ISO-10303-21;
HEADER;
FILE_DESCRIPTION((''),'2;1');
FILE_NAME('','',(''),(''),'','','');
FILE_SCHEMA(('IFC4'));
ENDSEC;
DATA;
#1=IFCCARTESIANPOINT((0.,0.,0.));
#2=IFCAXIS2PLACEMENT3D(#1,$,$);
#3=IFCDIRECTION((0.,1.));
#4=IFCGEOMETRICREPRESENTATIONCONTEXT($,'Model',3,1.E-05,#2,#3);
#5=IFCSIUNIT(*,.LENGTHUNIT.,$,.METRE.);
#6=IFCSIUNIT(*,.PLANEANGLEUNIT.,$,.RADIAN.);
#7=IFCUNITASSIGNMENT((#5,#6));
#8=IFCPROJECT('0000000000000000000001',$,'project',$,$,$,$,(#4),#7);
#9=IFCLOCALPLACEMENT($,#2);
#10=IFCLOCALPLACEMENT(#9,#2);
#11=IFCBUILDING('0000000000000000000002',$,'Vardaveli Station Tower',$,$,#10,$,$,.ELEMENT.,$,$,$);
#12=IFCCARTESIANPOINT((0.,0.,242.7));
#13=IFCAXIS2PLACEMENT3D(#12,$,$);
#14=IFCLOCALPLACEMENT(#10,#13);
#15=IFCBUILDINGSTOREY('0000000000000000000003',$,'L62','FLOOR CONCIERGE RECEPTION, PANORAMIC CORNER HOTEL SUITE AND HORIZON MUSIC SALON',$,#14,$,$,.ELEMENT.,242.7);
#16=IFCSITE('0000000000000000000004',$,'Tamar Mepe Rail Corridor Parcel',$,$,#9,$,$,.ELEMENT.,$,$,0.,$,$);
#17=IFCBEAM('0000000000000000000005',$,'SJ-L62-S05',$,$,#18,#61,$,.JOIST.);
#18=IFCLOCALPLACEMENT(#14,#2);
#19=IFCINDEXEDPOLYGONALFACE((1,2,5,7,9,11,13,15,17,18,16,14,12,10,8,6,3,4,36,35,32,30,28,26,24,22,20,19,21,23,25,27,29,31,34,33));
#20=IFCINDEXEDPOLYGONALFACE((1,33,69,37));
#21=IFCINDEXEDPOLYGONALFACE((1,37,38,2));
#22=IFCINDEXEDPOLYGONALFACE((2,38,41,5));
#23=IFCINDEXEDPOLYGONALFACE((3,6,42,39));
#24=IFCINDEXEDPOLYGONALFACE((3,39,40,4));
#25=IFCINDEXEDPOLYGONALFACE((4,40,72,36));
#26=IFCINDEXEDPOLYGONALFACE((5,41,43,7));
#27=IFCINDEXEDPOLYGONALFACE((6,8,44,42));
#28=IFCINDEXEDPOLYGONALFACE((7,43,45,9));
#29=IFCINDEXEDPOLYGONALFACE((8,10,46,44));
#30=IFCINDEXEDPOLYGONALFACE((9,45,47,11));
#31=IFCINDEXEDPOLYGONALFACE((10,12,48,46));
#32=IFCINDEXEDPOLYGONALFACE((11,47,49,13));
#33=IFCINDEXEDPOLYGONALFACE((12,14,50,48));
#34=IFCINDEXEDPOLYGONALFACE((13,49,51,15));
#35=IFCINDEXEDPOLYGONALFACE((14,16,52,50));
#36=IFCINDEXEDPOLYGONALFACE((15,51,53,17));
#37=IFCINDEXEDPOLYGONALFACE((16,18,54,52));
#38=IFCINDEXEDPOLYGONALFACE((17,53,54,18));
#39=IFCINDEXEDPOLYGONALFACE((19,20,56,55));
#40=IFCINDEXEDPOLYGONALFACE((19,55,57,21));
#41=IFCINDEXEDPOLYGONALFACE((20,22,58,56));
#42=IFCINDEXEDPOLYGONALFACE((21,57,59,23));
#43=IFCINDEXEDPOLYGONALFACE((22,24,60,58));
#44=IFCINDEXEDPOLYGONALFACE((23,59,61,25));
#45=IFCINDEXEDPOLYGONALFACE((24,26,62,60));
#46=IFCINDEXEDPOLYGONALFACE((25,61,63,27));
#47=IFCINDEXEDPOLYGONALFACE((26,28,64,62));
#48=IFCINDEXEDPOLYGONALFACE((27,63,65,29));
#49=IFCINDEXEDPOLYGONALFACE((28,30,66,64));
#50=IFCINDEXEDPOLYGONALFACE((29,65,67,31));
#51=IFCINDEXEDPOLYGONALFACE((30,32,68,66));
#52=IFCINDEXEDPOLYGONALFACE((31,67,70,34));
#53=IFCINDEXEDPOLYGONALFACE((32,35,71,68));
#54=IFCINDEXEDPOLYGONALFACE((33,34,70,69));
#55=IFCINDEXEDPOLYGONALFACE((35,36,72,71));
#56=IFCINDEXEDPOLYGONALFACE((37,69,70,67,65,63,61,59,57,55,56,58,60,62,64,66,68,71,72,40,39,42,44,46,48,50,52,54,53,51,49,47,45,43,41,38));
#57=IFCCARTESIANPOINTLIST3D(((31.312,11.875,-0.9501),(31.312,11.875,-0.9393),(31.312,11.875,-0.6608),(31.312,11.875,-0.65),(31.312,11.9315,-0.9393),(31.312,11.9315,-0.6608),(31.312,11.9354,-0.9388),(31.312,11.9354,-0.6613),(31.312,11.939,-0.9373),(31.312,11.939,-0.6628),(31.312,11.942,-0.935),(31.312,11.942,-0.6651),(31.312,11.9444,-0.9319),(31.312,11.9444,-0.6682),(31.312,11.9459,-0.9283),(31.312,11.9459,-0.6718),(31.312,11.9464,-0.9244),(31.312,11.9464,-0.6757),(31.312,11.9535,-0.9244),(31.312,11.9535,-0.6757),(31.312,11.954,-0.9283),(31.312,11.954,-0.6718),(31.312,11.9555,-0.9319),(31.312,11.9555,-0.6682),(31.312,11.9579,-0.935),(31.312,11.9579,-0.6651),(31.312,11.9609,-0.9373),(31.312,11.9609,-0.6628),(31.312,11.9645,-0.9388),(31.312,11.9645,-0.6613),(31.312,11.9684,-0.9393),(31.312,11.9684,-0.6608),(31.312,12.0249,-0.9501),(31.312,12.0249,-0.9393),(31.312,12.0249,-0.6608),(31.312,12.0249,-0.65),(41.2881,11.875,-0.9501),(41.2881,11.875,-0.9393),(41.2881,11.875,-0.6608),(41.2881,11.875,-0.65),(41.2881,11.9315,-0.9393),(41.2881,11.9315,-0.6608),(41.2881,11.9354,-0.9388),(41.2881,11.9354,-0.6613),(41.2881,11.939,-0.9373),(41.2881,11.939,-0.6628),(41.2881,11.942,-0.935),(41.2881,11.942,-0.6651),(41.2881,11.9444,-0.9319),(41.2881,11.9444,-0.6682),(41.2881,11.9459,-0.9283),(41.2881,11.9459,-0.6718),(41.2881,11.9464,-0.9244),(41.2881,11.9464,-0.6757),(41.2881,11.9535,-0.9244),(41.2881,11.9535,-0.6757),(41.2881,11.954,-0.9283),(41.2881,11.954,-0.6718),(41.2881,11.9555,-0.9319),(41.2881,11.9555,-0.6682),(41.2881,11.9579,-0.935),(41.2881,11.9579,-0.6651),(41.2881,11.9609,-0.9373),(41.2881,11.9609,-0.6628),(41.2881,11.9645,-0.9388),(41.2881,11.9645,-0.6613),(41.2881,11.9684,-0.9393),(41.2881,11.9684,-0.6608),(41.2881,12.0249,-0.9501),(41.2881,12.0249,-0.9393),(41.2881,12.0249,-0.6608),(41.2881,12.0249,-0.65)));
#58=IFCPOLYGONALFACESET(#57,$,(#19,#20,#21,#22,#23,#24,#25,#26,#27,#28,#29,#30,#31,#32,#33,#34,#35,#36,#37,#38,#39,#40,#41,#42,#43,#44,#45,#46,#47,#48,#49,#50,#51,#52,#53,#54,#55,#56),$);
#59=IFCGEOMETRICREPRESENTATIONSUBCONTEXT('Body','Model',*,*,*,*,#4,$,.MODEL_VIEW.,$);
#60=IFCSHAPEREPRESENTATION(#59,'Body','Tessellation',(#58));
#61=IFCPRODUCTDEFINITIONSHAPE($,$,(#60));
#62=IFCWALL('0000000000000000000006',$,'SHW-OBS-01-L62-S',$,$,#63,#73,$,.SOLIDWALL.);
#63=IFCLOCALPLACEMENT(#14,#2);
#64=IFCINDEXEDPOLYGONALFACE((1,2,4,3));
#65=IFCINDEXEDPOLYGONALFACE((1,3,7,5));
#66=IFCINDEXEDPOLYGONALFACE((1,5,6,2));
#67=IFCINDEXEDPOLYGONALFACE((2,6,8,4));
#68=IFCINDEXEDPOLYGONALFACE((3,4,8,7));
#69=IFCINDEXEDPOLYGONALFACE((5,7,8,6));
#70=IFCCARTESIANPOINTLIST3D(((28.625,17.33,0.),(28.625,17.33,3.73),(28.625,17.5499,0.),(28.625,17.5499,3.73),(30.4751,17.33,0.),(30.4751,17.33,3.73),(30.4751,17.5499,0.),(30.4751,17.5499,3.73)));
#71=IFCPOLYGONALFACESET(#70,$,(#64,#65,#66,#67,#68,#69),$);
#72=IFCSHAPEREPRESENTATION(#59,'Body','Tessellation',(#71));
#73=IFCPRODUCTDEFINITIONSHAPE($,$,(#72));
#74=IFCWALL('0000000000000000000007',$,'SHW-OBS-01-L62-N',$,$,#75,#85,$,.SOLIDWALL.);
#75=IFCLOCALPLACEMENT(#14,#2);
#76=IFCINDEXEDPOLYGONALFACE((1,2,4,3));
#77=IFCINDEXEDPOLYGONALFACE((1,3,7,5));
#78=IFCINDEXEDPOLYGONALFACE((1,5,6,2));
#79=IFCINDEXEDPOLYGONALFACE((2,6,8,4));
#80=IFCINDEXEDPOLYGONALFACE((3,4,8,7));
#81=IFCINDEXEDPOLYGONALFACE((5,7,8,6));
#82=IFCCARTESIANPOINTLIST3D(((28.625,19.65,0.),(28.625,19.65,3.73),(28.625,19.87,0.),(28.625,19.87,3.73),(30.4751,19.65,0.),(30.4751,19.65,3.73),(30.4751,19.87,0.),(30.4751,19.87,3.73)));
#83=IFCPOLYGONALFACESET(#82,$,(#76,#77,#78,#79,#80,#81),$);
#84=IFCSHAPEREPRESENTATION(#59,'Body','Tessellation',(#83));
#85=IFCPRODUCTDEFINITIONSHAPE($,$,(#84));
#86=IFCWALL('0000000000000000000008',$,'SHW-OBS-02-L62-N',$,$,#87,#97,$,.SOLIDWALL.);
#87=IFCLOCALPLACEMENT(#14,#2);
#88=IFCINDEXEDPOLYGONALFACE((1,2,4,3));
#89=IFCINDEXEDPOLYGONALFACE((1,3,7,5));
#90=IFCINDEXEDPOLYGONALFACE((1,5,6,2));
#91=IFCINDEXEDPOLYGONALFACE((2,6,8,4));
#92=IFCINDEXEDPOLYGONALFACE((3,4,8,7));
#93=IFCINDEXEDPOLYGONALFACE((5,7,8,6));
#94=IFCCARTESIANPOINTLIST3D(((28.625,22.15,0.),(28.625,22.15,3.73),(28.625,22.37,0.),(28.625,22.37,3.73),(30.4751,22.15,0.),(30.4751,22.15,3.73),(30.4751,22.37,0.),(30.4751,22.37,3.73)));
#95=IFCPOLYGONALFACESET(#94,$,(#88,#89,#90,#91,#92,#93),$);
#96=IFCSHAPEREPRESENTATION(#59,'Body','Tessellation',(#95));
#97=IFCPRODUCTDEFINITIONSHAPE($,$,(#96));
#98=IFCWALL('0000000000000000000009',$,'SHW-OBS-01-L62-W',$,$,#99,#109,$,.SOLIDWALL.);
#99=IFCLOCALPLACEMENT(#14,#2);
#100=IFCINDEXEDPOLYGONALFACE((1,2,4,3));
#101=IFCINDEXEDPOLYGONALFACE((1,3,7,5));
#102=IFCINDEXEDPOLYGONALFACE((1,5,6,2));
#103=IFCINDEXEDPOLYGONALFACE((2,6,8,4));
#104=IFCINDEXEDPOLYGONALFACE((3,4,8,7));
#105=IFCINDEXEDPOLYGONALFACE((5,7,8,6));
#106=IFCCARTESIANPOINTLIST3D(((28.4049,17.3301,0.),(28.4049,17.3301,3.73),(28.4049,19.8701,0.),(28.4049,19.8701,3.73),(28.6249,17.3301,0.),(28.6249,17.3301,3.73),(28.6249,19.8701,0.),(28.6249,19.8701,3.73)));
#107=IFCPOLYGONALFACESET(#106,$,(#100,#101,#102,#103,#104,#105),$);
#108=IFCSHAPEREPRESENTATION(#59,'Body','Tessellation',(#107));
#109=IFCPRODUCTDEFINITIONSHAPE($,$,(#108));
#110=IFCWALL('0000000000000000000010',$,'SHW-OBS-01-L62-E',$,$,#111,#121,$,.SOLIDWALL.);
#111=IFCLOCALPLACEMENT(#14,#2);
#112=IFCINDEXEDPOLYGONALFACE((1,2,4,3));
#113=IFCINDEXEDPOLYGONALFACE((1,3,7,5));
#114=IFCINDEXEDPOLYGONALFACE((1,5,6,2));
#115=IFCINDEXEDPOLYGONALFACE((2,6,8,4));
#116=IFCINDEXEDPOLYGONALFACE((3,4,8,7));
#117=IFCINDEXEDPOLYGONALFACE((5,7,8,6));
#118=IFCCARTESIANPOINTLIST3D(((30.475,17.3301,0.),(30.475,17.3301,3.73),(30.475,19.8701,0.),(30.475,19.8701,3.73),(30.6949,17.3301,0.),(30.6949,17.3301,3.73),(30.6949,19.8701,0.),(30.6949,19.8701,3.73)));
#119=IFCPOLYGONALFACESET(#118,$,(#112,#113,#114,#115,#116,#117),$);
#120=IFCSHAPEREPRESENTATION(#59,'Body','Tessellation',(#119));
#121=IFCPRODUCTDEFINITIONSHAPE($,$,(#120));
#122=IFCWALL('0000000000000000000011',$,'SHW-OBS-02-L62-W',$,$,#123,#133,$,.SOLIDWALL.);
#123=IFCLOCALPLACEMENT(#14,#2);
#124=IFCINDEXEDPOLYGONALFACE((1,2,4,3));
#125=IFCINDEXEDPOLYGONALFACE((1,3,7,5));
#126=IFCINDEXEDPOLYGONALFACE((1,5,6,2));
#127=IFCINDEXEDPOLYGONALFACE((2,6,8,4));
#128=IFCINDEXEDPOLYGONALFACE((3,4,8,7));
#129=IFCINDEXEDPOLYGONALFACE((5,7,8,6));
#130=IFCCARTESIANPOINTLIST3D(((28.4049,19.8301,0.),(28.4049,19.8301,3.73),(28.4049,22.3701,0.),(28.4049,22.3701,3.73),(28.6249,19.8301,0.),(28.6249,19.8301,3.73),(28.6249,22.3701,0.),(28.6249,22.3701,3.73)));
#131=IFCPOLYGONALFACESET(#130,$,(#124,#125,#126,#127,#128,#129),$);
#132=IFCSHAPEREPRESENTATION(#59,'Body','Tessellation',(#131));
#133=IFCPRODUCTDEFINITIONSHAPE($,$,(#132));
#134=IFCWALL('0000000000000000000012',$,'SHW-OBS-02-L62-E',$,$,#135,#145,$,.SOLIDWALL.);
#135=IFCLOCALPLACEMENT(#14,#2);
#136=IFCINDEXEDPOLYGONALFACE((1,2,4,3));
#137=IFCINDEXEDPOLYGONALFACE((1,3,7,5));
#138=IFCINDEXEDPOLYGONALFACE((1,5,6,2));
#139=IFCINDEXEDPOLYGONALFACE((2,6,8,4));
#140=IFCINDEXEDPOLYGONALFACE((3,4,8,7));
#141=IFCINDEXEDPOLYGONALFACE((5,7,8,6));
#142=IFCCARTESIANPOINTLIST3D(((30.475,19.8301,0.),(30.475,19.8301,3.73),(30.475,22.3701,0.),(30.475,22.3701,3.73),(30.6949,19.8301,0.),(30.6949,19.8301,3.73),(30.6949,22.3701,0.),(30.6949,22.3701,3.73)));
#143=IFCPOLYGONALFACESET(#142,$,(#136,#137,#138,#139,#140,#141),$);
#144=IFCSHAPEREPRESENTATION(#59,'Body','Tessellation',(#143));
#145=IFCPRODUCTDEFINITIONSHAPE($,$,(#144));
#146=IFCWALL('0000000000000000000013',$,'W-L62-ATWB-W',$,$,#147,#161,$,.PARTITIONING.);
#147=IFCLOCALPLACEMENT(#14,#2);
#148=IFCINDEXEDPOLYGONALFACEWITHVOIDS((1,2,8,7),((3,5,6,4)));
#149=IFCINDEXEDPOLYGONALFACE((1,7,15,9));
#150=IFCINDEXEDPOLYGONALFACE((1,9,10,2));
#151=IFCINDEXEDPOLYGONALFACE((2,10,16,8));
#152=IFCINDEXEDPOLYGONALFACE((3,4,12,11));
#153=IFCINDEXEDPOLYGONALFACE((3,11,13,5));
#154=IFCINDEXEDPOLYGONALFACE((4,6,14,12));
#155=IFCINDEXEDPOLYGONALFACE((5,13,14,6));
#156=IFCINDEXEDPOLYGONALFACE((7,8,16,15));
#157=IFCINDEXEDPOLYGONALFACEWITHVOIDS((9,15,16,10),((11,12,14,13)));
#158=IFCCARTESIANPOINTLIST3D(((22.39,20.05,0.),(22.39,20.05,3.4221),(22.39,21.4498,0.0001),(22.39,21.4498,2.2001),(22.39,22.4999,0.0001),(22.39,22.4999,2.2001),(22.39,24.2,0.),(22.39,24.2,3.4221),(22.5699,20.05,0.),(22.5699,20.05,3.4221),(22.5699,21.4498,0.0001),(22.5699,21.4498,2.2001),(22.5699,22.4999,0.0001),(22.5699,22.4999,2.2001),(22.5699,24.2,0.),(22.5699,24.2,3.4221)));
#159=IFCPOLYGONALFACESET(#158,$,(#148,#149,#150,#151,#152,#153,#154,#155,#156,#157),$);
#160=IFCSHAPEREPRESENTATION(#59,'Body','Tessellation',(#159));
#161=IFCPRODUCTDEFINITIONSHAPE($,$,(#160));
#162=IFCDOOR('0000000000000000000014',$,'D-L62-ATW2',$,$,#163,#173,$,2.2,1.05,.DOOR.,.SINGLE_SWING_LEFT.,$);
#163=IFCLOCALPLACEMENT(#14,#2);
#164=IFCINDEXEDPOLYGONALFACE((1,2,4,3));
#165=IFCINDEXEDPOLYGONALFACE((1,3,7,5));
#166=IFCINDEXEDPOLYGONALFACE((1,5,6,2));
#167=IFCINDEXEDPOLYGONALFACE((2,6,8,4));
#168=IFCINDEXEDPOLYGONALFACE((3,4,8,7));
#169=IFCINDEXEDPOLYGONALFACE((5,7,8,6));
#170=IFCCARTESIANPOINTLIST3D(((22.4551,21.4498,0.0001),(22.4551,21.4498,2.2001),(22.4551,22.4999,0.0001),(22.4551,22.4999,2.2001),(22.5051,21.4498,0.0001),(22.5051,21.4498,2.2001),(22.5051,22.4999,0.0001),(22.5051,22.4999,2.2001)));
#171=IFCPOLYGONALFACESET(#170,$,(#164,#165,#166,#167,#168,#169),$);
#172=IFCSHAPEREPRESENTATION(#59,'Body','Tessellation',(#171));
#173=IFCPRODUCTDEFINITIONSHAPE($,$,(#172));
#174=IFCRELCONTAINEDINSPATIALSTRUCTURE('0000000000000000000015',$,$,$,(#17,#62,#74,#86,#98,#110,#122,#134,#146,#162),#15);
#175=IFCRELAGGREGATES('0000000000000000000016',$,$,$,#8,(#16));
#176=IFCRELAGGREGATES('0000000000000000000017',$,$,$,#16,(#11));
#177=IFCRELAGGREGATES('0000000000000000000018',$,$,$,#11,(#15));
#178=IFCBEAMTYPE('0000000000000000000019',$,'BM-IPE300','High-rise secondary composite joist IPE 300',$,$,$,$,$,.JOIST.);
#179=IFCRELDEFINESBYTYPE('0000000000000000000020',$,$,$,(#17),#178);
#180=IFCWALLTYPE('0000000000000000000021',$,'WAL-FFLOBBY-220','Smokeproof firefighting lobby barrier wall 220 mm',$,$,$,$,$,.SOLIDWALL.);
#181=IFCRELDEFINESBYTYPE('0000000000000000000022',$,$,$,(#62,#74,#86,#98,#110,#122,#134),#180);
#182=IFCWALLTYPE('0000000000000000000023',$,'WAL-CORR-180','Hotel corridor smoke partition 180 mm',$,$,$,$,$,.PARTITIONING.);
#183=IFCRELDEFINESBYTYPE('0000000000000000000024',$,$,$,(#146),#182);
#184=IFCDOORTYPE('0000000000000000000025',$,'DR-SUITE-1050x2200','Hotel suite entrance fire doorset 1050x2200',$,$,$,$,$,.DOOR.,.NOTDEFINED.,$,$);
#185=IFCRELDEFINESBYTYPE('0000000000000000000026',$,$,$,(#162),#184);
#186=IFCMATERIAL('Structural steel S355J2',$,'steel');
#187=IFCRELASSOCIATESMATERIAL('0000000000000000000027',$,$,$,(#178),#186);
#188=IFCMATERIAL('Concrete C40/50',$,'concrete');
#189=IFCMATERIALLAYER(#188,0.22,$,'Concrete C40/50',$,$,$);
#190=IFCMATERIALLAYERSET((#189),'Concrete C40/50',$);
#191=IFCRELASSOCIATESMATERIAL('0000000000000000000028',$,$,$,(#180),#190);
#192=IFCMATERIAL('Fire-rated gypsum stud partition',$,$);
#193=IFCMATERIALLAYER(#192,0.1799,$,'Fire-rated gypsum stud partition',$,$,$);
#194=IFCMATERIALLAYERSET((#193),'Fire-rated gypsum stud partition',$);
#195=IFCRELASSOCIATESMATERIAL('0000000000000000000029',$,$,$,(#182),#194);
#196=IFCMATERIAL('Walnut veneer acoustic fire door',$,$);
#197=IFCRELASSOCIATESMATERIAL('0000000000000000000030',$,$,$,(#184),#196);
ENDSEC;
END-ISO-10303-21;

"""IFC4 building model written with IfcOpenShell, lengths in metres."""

from ifc_helpers import new_model, si_unit, direction, frame, frame_2d, origin, origin_2d, place, context, subcontext, project, spatial, rectangle, i_section, extrude, source, transform, mapped, material, layer, layer_set, material_profile, profile_set, type_object, element, fill, save


model = new_model("IFC4")

# Units and contexts
model_context = context("Model", 3, precision=1e-05, world=origin(), true_north=direction((0.0, 1.0)))
body_context = subcontext(model_context, "Body", "Model", "MODEL_VIEW")
ifc_project = project(units=[si_unit("LENGTHUNIT", "METRE"), si_unit("PLANEANGLEUNIT", "RADIAN")], contexts=[model_context])

# Site, building, storey
site_placement = place(None, origin())
site = spatial("IfcSite", under=ifc_project, at=site_placement, Name="Tamar Mepe Rail Corridor Parcel", CompositionType="ELEMENT", RefElevation=0.0)
building_placement = place(site_placement, origin())
building = spatial("IfcBuilding", under=site, at=building_placement, Name="Vardaveli Station Tower", CompositionType="ELEMENT")
storey_placement = place(building_placement, frame((0.0, 0.0, 242.7)))
storey = spatial("IfcBuildingStorey", under=building, at=storey_placement, Name="L62", Description="FLOOR CONCIERGE RECEPTION, PANORAMIC CORNER HOTEL SUITE AND HORIZON MUSIC SALON", CompositionType="ELEMENT", Elevation=242.7)

# Beam
ifc_material_1 = material(Name="Structural steel S355J2", Category="steel")
ifc_material_profile_1 = material_profile(ifc_material_1, i_section(OverallWidth=0.1499, OverallDepth=0.3, WebThickness=0.0071, FlangeThickness=0.0107, FilletRadius=0.0149, at=origin_2d()), Name="IPE 300")
ifc_profile_set_1 = profile_set([ifc_material_profile_1], Name="Structural steel S355J2")
beam_type_1 = type_object("IfcBeamType", Name="BM-IPE300", Description="High-rise secondary composite joist IPE 300", PredefinedType="JOIST", material=ifc_profile_set_1)
shared_shape_1 = source(origin(), body_context, "Body", "SweptSolid", [
    extrude(i_section(OverallWidth=0.1499, OverallDepth=0.3, WebThickness=0.0071, FlangeThickness=0.0107, FilletRadius=0.0149, at=origin_2d()), origin(), (0.0, 0.0, 1.0), 9.9761),
])
beam_1_placement = place(storey_placement, frame((31.312, 11.95, -0.8), z_axis=(1.0, 0.0, 0.0), x_axis=(0.0, 1.0, 0.0)))
element("IfcBeam", 1, at=beam_1_placement, inside=storey, type_object=beam_type_1, Name="SJ-L62-S05", PredefinedType="JOIST", context=body_context, shape_type="MappedRepresentation", body=[
    mapped(shared_shape_1, transform((0.0, 0.0, 0.0), scale=1.0)),
])

# Walls
ifc_material_2 = material(Name="Concrete C40/50", Category="concrete")
ifc_layer_1 = layer(ifc_material_2, 0.22, Name="Concrete C40/50")
ifc_layer_set_1 = layer_set([ifc_layer_1], Name="Concrete C40/50")
wall_type_1 = type_object("IfcWallType", Name="WAL-FFLOBBY-220", Description="Smokeproof firefighting lobby barrier wall 220 mm", PredefinedType="SOLIDWALL", material=ifc_layer_set_1)
shared_shape_2 = source(origin(), body_context, "Body", "SweptSolid", [
    extrude(rectangle(XDim=1.8501, YDim=0.22, at=frame_2d((0.925, 0.0))), origin(), (0.0, 0.0, 1.0), 3.73),
])
for number, where, z_axis, x_axis, name in (
    (2, (28.625, 17.4399, 0.0), (0.0, 0.0, 1.0), (1.0, 0.0, 0.0), "SHW-OBS-01-L62-S"),
    (3, (28.625, 19.76, 0.0), (0.0, 0.0, 1.0), (1.0, 0.0, 0.0), "SHW-OBS-01-L62-N"),
    (4, (28.625, 22.26, 0.0), (0.0, 0.0, 1.0), (1.0, 0.0, 0.0), "SHW-OBS-02-L62-N"),
):
    element("IfcWall", number, at=place(storey_placement, frame(where, z_axis=z_axis, x_axis=x_axis)), inside=storey, type_object=wall_type_1, Name=name, PredefinedType="SOLIDWALL", context=body_context, shape_type="MappedRepresentation", body=[
        mapped(shared_shape_2, transform((0.0, 0.0, 0.0), scale=1.0)),
    ])
shared_shape_3 = source(origin(), body_context, "Body", "SweptSolid", [
    extrude(rectangle(XDim=2.54, YDim=0.22, at=frame_2d((1.27, 0.0))), origin(), (0.0, 0.0, 1.0), 3.73),
])
for number, where, z_axis, x_axis, name in (
    (5, (28.5149, 17.3301, 0.0), (0.0, 0.0, 1.0), (0.0, 1.0, 0.0), "SHW-OBS-01-L62-W"),
    (6, (30.585, 17.3301, 0.0), (0.0, 0.0, 1.0), (0.0, 1.0, 0.0), "SHW-OBS-01-L62-E"),
    (7, (28.5149, 19.8301, 0.0), (0.0, 0.0, 1.0), (0.0, 1.0, 0.0), "SHW-OBS-02-L62-W"),
    (8, (30.585, 19.8301, 0.0), (0.0, 0.0, 1.0), (0.0, 1.0, 0.0), "SHW-OBS-02-L62-E"),
):
    element("IfcWall", number, at=place(storey_placement, frame(where, z_axis=z_axis, x_axis=x_axis)), inside=storey, type_object=wall_type_1, Name=name, PredefinedType="SOLIDWALL", context=body_context, shape_type="MappedRepresentation", body=[
        mapped(shared_shape_3, transform((0.0, 0.0, 0.0), scale=1.0)),
    ])

# Wall, opening, door
ifc_material_3 = material(Name="Fire-rated gypsum stud partition")
ifc_layer_2 = layer(ifc_material_3, 0.1799, Name="Fire-rated gypsum stud partition")
ifc_layer_set_2 = layer_set([ifc_layer_2], Name="Fire-rated gypsum stud partition")
wall_type_2 = type_object("IfcWallType", Name="WAL-CORR-180", Description="Hotel corridor smoke partition 180 mm", PredefinedType="PARTITIONING", material=ifc_layer_set_2)
shared_shape_4 = source(origin(), body_context, "Body", "SweptSolid", [
    extrude(rectangle(XDim=4.1499, YDim=0.1799, at=frame_2d((2.075, 0.0))), origin(), (0.0, 0.0, 1.0), 3.4221),
])
wall_1_placement = place(storey_placement, frame((22.48, 20.05, 0.0), z_axis=(0.0, 0.0, 1.0), x_axis=(0.0, 1.0, 0.0)))
wall_1 = element("IfcWall", 9, at=wall_1_placement, inside=storey, type_object=wall_type_2, Name="W-L62-ATWB-W", PredefinedType="PARTITIONING", context=body_context, shape_type="MappedRepresentation", body=[
    mapped(shared_shape_4, transform((0.0, 0.0, 0.0), scale=1.0)),
])
shared_shape_5 = source(origin(), body_context, "Body", "SweptSolid", [
    extrude(rectangle(XDim=1.05, YDim=2.2, at=frame_2d((0.5249, 1.1001))), frame((0.0, 0.1001, 0.0), z_axis=(0.0, -1.0, 0.0), x_axis=(1.0, 0.0, 0.0)), (0.0, 0.0, 1.0), 0.2),
])
opening_1_placement = place(wall_1_placement, frame((1.3999, 0.0, 0.0)))
opening_1 = element("IfcOpeningElement", 10, at=opening_1_placement, cuts=wall_1, PredefinedType="OPENING", context=body_context, shape_type="MappedRepresentation", body=[
    mapped(shared_shape_5, transform((0.0, 0.0, 0.0), scale=1.0)),
])
ifc_material_4 = material(Name="Walnut veneer acoustic fire door")
door_type_1 = type_object("IfcDoorType", Name="DR-SUITE-1050x2200", Description="Hotel suite entrance fire doorset 1050x2200", OperationType="NOTDEFINED", PredefinedType="DOOR", material=ifc_material_4)
shared_shape_6 = source(origin(), body_context, "Body", "SweptSolid", [
    extrude(rectangle(XDim=1.05, YDim=2.2, at=frame_2d((0.5249, 1.1001))), frame((0.0, 0.0249, 0.0), z_axis=(0.0, -1.0, 0.0), x_axis=(1.0, 0.0, 0.0)), (0.0, 0.0, 1.0), 0.05),
])
door_1_placement = place(opening_1_placement, origin())
door_1 = element("IfcDoor", 11, at=door_1_placement, inside=storey, type_object=door_type_1, Name="D-L62-ATW2", OperationType="SINGLE_SWING_LEFT", OverallHeight=2.2, OverallWidth=1.05, PredefinedType="DOOR", context=body_context, shape_type="MappedRepresentation", body=[
    mapped(shared_shape_6, transform((0.0, 0.0, 0.0), scale=1.0)),
])
fill(opening_1, door_1)

save(model, "model.ifc")
